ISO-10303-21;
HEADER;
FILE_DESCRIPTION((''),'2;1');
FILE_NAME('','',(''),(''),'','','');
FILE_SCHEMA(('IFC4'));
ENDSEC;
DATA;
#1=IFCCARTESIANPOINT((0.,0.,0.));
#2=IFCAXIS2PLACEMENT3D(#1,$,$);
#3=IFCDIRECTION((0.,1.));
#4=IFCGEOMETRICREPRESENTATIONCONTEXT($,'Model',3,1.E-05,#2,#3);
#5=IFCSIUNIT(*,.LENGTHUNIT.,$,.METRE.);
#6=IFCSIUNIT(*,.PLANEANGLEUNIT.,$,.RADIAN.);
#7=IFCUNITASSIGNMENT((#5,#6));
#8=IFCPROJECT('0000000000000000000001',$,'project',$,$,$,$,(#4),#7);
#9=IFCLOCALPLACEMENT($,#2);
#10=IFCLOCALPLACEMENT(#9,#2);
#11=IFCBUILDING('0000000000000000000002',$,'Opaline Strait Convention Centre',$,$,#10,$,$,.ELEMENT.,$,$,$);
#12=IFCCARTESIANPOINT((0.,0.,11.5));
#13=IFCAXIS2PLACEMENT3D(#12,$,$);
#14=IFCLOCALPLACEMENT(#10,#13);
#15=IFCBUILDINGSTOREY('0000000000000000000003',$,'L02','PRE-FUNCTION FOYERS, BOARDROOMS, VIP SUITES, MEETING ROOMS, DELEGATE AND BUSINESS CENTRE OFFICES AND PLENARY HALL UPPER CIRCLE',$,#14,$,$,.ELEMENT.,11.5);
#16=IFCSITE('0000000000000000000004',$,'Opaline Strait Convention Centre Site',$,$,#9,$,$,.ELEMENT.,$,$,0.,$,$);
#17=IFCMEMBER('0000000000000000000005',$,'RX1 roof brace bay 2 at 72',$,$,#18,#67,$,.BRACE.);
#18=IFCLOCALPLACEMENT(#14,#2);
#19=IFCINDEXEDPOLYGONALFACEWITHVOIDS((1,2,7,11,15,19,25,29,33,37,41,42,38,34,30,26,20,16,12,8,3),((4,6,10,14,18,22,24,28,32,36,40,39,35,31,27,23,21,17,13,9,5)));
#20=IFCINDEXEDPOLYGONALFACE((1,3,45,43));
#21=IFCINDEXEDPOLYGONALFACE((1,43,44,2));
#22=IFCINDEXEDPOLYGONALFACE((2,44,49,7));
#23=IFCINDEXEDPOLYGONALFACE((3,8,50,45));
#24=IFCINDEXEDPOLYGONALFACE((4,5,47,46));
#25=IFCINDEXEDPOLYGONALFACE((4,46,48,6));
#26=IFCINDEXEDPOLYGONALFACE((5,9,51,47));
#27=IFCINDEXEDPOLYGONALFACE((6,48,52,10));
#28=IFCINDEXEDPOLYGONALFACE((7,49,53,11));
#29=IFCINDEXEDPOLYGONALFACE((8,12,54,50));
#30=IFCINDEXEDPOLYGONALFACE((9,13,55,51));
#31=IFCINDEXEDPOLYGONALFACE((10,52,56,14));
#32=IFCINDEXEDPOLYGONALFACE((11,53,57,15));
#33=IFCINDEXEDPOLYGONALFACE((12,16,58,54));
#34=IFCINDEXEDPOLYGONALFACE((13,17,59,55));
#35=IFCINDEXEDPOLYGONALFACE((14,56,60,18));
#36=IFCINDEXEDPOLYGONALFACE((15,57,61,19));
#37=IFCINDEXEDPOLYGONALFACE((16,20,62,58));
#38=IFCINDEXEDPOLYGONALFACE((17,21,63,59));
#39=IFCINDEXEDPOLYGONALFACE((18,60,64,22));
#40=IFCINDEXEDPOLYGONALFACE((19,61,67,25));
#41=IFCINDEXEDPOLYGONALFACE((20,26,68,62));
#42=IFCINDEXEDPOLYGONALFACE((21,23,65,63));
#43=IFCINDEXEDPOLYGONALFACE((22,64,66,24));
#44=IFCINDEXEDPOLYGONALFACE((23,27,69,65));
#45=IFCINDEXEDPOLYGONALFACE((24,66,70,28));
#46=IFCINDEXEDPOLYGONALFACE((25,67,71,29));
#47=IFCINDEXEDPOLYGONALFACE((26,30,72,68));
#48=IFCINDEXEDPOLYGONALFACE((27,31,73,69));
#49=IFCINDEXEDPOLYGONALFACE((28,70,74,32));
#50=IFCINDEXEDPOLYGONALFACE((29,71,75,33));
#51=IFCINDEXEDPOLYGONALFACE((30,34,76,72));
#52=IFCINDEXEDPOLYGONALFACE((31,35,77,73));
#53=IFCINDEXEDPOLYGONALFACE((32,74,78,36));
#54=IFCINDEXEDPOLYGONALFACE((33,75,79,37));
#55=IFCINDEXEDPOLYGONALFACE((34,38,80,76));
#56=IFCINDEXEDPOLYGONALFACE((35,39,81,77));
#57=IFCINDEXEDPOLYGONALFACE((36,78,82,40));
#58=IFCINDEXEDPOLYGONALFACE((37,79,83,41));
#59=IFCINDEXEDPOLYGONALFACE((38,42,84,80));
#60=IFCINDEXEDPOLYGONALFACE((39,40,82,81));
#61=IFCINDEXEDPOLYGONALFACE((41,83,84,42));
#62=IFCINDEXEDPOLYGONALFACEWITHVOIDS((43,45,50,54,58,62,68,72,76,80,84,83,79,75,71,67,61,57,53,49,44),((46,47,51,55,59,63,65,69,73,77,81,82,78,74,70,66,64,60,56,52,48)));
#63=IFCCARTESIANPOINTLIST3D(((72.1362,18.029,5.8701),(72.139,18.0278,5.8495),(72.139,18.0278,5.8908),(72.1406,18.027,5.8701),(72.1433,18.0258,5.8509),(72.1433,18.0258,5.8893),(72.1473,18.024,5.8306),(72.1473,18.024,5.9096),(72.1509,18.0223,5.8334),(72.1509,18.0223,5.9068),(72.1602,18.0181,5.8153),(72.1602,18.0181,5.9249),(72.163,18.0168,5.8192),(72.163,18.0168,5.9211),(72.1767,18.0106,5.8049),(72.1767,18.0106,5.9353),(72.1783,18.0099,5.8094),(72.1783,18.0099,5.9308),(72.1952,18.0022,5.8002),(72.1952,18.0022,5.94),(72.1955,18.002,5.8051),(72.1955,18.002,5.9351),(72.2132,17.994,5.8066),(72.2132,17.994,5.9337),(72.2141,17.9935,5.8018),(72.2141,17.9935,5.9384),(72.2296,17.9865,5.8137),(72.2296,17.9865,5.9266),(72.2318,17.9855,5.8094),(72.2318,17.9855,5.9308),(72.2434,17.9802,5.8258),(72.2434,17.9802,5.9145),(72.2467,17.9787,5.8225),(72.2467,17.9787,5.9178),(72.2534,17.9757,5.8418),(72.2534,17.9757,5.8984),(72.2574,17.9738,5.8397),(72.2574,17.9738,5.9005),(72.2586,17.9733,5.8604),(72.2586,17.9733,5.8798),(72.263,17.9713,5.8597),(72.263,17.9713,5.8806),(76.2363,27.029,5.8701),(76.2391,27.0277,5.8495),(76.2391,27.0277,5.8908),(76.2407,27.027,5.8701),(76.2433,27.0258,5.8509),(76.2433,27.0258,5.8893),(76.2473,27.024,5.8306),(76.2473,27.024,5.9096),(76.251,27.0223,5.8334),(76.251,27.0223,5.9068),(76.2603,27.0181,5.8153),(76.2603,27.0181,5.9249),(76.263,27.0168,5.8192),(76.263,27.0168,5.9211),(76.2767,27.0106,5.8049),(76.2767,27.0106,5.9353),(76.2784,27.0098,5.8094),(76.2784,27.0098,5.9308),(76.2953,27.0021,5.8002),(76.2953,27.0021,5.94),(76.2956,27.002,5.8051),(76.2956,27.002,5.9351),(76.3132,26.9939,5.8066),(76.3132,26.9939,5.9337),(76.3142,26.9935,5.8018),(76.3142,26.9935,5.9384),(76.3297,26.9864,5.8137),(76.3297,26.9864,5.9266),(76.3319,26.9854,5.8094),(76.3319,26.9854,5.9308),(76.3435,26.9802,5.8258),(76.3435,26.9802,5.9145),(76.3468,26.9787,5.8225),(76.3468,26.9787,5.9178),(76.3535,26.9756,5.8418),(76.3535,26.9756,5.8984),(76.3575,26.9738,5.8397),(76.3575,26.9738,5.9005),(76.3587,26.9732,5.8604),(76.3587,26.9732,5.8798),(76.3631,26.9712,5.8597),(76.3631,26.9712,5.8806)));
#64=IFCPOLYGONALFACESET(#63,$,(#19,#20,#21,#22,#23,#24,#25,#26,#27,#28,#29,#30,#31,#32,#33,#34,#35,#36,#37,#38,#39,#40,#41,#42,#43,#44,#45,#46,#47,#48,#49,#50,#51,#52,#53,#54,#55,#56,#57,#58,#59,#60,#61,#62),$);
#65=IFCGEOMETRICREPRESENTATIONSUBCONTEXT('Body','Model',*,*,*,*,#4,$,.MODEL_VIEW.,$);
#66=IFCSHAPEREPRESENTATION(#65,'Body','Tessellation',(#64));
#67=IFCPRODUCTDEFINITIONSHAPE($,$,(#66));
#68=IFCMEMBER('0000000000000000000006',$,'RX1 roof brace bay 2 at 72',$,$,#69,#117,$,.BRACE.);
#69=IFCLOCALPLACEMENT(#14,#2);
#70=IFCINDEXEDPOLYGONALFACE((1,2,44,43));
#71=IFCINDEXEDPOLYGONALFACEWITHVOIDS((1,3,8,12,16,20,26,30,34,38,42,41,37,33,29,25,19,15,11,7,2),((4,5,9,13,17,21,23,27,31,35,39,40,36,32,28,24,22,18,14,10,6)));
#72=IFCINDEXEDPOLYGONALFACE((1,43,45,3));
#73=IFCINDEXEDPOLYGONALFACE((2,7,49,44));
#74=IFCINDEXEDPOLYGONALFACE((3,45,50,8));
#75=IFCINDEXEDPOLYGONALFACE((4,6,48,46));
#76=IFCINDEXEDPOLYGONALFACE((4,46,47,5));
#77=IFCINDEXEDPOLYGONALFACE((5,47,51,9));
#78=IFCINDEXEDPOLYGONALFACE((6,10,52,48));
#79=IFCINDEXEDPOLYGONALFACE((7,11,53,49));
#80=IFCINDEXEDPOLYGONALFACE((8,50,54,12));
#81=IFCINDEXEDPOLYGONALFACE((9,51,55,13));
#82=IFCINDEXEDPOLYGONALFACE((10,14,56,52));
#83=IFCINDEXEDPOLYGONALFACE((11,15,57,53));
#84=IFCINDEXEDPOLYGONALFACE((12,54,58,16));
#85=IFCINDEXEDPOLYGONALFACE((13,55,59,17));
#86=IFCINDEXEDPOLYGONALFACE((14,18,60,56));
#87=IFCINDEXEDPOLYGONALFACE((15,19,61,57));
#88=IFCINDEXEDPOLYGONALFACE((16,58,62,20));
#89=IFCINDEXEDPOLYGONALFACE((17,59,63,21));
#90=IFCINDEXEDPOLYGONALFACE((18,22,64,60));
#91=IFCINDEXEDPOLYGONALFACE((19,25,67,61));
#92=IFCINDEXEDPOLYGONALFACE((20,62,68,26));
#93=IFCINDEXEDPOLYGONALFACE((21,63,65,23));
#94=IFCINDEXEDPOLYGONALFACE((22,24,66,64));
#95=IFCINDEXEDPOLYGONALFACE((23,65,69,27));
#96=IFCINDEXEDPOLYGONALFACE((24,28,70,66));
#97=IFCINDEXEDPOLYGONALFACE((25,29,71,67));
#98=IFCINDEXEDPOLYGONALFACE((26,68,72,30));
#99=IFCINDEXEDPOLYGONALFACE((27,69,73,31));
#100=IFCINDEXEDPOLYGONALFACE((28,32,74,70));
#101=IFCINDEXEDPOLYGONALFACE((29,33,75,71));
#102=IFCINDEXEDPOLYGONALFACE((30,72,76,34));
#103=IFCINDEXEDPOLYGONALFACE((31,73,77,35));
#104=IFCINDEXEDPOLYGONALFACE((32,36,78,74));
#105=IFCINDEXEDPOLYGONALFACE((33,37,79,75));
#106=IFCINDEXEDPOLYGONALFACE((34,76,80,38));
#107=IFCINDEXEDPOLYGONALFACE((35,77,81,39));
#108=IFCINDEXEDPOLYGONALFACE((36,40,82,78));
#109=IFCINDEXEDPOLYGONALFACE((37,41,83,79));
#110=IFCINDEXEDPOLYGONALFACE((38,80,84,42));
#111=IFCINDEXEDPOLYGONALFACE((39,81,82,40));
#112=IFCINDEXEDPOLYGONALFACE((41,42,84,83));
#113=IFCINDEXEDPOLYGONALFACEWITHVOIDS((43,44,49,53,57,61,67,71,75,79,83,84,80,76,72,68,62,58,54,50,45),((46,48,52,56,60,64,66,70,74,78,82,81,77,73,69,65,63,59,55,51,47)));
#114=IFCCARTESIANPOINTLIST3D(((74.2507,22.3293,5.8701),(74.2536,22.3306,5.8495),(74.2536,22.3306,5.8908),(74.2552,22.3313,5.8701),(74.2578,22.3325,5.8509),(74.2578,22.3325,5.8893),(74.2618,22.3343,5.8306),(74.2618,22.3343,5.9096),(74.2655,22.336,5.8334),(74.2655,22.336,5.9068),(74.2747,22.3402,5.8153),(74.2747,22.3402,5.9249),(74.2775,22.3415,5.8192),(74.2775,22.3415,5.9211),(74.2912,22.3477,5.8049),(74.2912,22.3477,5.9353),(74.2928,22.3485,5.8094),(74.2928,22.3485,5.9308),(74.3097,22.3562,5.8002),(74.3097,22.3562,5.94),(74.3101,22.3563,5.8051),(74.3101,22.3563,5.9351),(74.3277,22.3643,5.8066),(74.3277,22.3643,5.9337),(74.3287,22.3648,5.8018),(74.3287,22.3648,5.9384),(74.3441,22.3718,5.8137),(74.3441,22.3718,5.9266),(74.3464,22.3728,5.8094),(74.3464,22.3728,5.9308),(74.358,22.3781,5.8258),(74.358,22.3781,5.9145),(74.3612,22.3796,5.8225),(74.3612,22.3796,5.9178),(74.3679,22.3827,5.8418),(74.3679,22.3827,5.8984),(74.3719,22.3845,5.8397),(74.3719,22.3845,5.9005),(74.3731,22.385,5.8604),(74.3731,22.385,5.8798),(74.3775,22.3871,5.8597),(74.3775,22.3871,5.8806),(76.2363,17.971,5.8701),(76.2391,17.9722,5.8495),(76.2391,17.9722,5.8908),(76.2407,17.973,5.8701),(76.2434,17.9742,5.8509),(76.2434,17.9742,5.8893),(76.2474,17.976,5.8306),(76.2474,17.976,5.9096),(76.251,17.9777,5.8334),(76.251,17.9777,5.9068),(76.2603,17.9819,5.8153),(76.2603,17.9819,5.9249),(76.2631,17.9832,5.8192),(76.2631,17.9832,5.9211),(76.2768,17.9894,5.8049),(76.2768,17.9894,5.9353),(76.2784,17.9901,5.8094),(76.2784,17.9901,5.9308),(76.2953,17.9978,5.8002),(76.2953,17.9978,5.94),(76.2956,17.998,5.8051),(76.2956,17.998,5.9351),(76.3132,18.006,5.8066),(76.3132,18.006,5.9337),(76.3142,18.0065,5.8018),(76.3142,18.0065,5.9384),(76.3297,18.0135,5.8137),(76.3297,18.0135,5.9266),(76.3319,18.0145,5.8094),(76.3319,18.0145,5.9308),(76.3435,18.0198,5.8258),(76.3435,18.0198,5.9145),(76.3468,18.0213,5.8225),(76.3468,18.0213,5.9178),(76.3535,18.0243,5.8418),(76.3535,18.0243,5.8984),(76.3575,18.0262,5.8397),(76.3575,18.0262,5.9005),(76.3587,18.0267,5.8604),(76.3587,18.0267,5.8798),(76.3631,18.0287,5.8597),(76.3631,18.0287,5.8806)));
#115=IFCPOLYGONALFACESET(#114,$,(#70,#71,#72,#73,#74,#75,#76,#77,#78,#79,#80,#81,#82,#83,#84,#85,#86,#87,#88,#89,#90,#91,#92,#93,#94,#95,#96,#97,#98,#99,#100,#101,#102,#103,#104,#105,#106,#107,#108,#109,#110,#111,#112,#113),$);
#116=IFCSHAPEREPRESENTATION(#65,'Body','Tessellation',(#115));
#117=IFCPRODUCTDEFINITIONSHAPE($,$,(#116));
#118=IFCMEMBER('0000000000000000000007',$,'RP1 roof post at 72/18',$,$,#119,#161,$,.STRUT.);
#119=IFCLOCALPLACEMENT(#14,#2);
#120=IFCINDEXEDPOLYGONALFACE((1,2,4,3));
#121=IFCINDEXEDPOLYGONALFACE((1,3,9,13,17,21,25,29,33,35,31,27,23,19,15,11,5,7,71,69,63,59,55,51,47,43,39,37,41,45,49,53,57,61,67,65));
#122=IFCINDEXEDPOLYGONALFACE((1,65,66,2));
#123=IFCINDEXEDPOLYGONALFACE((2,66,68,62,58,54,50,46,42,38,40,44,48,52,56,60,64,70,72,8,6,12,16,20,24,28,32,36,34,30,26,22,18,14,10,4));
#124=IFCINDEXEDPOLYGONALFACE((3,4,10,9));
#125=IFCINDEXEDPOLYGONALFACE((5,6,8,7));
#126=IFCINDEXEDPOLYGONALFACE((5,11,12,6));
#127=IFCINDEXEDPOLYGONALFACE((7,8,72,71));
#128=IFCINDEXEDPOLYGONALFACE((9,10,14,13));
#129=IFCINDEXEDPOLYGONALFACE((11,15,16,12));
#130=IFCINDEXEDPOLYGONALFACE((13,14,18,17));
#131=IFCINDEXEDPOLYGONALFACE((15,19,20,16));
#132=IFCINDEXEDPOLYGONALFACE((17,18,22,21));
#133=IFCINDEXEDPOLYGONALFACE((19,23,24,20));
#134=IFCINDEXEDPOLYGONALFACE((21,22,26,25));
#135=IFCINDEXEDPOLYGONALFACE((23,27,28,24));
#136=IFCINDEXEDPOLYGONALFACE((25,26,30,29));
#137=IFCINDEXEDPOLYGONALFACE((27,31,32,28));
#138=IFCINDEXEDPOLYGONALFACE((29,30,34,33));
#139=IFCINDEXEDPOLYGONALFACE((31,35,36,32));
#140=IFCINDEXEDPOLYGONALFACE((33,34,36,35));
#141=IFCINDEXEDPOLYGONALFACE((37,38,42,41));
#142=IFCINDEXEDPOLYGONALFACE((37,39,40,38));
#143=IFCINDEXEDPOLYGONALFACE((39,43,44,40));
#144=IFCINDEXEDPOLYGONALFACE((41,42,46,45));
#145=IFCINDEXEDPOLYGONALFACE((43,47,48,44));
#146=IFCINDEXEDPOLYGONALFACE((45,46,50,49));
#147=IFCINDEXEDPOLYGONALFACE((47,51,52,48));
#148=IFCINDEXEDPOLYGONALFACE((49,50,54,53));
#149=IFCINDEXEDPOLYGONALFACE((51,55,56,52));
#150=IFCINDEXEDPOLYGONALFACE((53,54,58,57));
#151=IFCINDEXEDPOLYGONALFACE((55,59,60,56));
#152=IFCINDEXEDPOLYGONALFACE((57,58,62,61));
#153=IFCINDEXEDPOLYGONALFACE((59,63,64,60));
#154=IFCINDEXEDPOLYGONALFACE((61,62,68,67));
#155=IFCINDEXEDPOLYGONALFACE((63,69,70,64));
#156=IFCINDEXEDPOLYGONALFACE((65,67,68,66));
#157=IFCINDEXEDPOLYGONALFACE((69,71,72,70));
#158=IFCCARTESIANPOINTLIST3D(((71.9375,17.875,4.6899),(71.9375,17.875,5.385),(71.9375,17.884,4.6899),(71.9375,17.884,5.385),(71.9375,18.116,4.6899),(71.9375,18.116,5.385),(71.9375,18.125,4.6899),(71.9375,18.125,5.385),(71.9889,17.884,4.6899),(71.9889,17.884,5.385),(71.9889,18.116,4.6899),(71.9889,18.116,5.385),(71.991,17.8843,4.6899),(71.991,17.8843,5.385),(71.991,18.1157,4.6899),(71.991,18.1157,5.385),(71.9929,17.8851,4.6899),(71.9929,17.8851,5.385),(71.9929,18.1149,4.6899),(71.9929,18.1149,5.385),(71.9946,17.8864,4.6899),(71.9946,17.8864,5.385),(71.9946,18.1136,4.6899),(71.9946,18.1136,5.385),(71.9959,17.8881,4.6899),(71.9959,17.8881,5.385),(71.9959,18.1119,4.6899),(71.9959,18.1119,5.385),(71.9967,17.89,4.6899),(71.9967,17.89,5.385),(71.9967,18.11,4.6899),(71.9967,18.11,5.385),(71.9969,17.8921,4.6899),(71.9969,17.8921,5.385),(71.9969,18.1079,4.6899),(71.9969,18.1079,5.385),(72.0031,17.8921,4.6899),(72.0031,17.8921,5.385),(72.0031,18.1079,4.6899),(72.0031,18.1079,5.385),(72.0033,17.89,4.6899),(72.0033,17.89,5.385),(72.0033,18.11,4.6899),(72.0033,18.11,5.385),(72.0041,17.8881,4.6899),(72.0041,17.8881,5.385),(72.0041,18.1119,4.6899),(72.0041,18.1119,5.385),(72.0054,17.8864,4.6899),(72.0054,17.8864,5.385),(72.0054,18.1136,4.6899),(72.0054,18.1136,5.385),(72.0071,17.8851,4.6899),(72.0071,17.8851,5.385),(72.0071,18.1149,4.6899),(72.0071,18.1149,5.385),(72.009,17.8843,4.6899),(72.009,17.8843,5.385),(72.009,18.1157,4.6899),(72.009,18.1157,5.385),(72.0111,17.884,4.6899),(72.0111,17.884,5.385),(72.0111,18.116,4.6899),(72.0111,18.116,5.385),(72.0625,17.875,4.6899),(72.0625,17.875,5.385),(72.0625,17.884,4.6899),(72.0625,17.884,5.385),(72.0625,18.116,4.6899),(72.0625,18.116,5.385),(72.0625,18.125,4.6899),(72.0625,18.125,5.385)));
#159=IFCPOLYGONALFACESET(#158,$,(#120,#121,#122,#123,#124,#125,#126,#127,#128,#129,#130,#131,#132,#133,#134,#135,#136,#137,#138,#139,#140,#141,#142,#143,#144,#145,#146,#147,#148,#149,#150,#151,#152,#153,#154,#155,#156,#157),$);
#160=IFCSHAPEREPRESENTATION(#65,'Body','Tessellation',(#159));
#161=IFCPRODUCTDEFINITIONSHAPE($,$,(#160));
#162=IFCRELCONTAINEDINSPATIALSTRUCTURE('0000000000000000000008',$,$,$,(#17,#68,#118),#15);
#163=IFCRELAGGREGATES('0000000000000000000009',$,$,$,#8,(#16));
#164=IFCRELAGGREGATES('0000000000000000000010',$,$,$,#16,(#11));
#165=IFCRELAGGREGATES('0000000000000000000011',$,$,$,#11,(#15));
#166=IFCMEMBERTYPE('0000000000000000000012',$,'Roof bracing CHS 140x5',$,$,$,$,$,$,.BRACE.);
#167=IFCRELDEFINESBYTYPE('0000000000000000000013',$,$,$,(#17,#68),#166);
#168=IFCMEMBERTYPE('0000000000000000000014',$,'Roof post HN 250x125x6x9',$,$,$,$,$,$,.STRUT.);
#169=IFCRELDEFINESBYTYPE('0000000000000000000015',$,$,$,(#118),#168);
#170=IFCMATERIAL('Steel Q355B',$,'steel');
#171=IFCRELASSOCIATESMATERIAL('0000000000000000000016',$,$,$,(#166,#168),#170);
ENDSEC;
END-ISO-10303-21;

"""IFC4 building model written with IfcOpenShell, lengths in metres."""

from ifc_helpers import new_model, si_unit, direction, frame, origin, origin_2d, place, context, subcontext, project, spatial, hollow_circle, i_section, extrude, material, material_profile, profile_set, type_object, element, save


model = new_model("IFC4")

# Units and contexts
model_context = context("Model", 3, precision=1e-05, world=origin(), true_north=direction((0.0, 1.0)))
body_context = subcontext(model_context, "Body", "Model", "MODEL_VIEW")
ifc_project = project(units=[si_unit("LENGTHUNIT", "METRE"), si_unit("PLANEANGLEUNIT", "RADIAN")], contexts=[model_context])

# Site, building, storey
site_placement = place(None, origin())
site = spatial("IfcSite", under=ifc_project, at=site_placement, Name="Opaline Strait Convention Centre Site", CompositionType="ELEMENT", RefElevation=0.0)
building_placement = place(site_placement, origin())
building = spatial("IfcBuilding", under=site, at=building_placement, Name="Opaline Strait Convention Centre", CompositionType="ELEMENT")
storey_placement = place(building_placement, frame((0.0, 0.0, 11.5)))
storey = spatial("IfcBuildingStorey", under=building, at=storey_placement, Name="L02", Description="PRE-FUNCTION FOYERS, BOARDROOMS, VIP SUITES, MEETING ROOMS, DELEGATE AND BUSINESS CENTRE OFFICES AND PLENARY HALL UPPER CIRCLE", CompositionType="ELEMENT", Elevation=11.5)

# Shared definitions
ifc_material_1 = material(Name="Steel Q355B", Category="steel")

# Members
ifc_material_profile_1 = material_profile(ifc_material_1, hollow_circle(Radius=0.0701, WallThickness=0.0049, at=origin_2d()), Name="CHS 140x5")
ifc_profile_set_1 = profile_set([ifc_material_profile_1], Name="Steel Q355B")
member_type_1 = type_object("IfcMemberType", Name="Roof bracing CHS 140x5", PredefinedType="BRACE", material=ifc_profile_set_1)
member_1_placement = place(storey_placement, frame((72.2, 18.0, 5.8701), z_axis=(0.414573, 0.910016, 0.0), x_axis=(-0.910016, 0.414573, 0.0)))
element("IfcMember", 1, at=member_1_placement, inside=storey, type_object=member_type_1, Name="RX1 roof brace bay 2 at 72", PredefinedType="BRACE", context=body_context, shape_type="SweptSolid", body=[
    extrude(hollow_circle(Radius=0.0701, WallThickness=0.0049, at=origin_2d()), origin(), (0.0, 0.0, 1.0), 9.8899),
])
member_2_placement = place(storey_placement, frame((76.3, 18.0, 5.8701), z_axis=(-0.414582, 0.910012, 0.0), x_axis=(-0.910012, -0.414582, 0.0)))
element("IfcMember", 2, at=member_2_placement, inside=storey, type_object=member_type_1, Name="RX1 roof brace bay 2 at 72", PredefinedType="BRACE", context=body_context, shape_type="SweptSolid", body=[
    extrude(hollow_circle(Radius=0.0701, WallThickness=0.0049, at=origin_2d()), origin(), (0.0, 0.0, 1.0), 4.7893),
])
ifc_material_profile_2 = material_profile(ifc_material_1, i_section(OverallWidth=0.125, OverallDepth=0.25, WebThickness=0.0061, FlangeThickness=0.009, FilletRadius=0.0081, at=origin_2d()), Name="HN 250x125x6x9")
ifc_profile_set_2 = profile_set([ifc_material_profile_2], Name="Steel Q355B")
member_type_2 = type_object("IfcMemberType", Name="Roof post HN 250x125x6x9", PredefinedType="STRUT", material=ifc_profile_set_2)
member_3_placement = place(storey_placement, frame((72.0, 18.0, 4.6899), z_axis=(0.0, 0.0, 1.0), x_axis=(1.0, 0.0, 0.0)))
element("IfcMember", 3, at=member_3_placement, inside=storey, type_object=member_type_2, Name="RP1 roof post at 72/18", PredefinedType="STRUT", context=body_context, shape_type="SweptSolid", body=[
    extrude(i_section(OverallWidth=0.125, OverallDepth=0.25, WebThickness=0.0061, FlangeThickness=0.009, FilletRadius=0.0081, at=origin_2d()), origin(), (0.0, 0.0, 1.0), 0.6951),
])

save(model, "model.ifc")
